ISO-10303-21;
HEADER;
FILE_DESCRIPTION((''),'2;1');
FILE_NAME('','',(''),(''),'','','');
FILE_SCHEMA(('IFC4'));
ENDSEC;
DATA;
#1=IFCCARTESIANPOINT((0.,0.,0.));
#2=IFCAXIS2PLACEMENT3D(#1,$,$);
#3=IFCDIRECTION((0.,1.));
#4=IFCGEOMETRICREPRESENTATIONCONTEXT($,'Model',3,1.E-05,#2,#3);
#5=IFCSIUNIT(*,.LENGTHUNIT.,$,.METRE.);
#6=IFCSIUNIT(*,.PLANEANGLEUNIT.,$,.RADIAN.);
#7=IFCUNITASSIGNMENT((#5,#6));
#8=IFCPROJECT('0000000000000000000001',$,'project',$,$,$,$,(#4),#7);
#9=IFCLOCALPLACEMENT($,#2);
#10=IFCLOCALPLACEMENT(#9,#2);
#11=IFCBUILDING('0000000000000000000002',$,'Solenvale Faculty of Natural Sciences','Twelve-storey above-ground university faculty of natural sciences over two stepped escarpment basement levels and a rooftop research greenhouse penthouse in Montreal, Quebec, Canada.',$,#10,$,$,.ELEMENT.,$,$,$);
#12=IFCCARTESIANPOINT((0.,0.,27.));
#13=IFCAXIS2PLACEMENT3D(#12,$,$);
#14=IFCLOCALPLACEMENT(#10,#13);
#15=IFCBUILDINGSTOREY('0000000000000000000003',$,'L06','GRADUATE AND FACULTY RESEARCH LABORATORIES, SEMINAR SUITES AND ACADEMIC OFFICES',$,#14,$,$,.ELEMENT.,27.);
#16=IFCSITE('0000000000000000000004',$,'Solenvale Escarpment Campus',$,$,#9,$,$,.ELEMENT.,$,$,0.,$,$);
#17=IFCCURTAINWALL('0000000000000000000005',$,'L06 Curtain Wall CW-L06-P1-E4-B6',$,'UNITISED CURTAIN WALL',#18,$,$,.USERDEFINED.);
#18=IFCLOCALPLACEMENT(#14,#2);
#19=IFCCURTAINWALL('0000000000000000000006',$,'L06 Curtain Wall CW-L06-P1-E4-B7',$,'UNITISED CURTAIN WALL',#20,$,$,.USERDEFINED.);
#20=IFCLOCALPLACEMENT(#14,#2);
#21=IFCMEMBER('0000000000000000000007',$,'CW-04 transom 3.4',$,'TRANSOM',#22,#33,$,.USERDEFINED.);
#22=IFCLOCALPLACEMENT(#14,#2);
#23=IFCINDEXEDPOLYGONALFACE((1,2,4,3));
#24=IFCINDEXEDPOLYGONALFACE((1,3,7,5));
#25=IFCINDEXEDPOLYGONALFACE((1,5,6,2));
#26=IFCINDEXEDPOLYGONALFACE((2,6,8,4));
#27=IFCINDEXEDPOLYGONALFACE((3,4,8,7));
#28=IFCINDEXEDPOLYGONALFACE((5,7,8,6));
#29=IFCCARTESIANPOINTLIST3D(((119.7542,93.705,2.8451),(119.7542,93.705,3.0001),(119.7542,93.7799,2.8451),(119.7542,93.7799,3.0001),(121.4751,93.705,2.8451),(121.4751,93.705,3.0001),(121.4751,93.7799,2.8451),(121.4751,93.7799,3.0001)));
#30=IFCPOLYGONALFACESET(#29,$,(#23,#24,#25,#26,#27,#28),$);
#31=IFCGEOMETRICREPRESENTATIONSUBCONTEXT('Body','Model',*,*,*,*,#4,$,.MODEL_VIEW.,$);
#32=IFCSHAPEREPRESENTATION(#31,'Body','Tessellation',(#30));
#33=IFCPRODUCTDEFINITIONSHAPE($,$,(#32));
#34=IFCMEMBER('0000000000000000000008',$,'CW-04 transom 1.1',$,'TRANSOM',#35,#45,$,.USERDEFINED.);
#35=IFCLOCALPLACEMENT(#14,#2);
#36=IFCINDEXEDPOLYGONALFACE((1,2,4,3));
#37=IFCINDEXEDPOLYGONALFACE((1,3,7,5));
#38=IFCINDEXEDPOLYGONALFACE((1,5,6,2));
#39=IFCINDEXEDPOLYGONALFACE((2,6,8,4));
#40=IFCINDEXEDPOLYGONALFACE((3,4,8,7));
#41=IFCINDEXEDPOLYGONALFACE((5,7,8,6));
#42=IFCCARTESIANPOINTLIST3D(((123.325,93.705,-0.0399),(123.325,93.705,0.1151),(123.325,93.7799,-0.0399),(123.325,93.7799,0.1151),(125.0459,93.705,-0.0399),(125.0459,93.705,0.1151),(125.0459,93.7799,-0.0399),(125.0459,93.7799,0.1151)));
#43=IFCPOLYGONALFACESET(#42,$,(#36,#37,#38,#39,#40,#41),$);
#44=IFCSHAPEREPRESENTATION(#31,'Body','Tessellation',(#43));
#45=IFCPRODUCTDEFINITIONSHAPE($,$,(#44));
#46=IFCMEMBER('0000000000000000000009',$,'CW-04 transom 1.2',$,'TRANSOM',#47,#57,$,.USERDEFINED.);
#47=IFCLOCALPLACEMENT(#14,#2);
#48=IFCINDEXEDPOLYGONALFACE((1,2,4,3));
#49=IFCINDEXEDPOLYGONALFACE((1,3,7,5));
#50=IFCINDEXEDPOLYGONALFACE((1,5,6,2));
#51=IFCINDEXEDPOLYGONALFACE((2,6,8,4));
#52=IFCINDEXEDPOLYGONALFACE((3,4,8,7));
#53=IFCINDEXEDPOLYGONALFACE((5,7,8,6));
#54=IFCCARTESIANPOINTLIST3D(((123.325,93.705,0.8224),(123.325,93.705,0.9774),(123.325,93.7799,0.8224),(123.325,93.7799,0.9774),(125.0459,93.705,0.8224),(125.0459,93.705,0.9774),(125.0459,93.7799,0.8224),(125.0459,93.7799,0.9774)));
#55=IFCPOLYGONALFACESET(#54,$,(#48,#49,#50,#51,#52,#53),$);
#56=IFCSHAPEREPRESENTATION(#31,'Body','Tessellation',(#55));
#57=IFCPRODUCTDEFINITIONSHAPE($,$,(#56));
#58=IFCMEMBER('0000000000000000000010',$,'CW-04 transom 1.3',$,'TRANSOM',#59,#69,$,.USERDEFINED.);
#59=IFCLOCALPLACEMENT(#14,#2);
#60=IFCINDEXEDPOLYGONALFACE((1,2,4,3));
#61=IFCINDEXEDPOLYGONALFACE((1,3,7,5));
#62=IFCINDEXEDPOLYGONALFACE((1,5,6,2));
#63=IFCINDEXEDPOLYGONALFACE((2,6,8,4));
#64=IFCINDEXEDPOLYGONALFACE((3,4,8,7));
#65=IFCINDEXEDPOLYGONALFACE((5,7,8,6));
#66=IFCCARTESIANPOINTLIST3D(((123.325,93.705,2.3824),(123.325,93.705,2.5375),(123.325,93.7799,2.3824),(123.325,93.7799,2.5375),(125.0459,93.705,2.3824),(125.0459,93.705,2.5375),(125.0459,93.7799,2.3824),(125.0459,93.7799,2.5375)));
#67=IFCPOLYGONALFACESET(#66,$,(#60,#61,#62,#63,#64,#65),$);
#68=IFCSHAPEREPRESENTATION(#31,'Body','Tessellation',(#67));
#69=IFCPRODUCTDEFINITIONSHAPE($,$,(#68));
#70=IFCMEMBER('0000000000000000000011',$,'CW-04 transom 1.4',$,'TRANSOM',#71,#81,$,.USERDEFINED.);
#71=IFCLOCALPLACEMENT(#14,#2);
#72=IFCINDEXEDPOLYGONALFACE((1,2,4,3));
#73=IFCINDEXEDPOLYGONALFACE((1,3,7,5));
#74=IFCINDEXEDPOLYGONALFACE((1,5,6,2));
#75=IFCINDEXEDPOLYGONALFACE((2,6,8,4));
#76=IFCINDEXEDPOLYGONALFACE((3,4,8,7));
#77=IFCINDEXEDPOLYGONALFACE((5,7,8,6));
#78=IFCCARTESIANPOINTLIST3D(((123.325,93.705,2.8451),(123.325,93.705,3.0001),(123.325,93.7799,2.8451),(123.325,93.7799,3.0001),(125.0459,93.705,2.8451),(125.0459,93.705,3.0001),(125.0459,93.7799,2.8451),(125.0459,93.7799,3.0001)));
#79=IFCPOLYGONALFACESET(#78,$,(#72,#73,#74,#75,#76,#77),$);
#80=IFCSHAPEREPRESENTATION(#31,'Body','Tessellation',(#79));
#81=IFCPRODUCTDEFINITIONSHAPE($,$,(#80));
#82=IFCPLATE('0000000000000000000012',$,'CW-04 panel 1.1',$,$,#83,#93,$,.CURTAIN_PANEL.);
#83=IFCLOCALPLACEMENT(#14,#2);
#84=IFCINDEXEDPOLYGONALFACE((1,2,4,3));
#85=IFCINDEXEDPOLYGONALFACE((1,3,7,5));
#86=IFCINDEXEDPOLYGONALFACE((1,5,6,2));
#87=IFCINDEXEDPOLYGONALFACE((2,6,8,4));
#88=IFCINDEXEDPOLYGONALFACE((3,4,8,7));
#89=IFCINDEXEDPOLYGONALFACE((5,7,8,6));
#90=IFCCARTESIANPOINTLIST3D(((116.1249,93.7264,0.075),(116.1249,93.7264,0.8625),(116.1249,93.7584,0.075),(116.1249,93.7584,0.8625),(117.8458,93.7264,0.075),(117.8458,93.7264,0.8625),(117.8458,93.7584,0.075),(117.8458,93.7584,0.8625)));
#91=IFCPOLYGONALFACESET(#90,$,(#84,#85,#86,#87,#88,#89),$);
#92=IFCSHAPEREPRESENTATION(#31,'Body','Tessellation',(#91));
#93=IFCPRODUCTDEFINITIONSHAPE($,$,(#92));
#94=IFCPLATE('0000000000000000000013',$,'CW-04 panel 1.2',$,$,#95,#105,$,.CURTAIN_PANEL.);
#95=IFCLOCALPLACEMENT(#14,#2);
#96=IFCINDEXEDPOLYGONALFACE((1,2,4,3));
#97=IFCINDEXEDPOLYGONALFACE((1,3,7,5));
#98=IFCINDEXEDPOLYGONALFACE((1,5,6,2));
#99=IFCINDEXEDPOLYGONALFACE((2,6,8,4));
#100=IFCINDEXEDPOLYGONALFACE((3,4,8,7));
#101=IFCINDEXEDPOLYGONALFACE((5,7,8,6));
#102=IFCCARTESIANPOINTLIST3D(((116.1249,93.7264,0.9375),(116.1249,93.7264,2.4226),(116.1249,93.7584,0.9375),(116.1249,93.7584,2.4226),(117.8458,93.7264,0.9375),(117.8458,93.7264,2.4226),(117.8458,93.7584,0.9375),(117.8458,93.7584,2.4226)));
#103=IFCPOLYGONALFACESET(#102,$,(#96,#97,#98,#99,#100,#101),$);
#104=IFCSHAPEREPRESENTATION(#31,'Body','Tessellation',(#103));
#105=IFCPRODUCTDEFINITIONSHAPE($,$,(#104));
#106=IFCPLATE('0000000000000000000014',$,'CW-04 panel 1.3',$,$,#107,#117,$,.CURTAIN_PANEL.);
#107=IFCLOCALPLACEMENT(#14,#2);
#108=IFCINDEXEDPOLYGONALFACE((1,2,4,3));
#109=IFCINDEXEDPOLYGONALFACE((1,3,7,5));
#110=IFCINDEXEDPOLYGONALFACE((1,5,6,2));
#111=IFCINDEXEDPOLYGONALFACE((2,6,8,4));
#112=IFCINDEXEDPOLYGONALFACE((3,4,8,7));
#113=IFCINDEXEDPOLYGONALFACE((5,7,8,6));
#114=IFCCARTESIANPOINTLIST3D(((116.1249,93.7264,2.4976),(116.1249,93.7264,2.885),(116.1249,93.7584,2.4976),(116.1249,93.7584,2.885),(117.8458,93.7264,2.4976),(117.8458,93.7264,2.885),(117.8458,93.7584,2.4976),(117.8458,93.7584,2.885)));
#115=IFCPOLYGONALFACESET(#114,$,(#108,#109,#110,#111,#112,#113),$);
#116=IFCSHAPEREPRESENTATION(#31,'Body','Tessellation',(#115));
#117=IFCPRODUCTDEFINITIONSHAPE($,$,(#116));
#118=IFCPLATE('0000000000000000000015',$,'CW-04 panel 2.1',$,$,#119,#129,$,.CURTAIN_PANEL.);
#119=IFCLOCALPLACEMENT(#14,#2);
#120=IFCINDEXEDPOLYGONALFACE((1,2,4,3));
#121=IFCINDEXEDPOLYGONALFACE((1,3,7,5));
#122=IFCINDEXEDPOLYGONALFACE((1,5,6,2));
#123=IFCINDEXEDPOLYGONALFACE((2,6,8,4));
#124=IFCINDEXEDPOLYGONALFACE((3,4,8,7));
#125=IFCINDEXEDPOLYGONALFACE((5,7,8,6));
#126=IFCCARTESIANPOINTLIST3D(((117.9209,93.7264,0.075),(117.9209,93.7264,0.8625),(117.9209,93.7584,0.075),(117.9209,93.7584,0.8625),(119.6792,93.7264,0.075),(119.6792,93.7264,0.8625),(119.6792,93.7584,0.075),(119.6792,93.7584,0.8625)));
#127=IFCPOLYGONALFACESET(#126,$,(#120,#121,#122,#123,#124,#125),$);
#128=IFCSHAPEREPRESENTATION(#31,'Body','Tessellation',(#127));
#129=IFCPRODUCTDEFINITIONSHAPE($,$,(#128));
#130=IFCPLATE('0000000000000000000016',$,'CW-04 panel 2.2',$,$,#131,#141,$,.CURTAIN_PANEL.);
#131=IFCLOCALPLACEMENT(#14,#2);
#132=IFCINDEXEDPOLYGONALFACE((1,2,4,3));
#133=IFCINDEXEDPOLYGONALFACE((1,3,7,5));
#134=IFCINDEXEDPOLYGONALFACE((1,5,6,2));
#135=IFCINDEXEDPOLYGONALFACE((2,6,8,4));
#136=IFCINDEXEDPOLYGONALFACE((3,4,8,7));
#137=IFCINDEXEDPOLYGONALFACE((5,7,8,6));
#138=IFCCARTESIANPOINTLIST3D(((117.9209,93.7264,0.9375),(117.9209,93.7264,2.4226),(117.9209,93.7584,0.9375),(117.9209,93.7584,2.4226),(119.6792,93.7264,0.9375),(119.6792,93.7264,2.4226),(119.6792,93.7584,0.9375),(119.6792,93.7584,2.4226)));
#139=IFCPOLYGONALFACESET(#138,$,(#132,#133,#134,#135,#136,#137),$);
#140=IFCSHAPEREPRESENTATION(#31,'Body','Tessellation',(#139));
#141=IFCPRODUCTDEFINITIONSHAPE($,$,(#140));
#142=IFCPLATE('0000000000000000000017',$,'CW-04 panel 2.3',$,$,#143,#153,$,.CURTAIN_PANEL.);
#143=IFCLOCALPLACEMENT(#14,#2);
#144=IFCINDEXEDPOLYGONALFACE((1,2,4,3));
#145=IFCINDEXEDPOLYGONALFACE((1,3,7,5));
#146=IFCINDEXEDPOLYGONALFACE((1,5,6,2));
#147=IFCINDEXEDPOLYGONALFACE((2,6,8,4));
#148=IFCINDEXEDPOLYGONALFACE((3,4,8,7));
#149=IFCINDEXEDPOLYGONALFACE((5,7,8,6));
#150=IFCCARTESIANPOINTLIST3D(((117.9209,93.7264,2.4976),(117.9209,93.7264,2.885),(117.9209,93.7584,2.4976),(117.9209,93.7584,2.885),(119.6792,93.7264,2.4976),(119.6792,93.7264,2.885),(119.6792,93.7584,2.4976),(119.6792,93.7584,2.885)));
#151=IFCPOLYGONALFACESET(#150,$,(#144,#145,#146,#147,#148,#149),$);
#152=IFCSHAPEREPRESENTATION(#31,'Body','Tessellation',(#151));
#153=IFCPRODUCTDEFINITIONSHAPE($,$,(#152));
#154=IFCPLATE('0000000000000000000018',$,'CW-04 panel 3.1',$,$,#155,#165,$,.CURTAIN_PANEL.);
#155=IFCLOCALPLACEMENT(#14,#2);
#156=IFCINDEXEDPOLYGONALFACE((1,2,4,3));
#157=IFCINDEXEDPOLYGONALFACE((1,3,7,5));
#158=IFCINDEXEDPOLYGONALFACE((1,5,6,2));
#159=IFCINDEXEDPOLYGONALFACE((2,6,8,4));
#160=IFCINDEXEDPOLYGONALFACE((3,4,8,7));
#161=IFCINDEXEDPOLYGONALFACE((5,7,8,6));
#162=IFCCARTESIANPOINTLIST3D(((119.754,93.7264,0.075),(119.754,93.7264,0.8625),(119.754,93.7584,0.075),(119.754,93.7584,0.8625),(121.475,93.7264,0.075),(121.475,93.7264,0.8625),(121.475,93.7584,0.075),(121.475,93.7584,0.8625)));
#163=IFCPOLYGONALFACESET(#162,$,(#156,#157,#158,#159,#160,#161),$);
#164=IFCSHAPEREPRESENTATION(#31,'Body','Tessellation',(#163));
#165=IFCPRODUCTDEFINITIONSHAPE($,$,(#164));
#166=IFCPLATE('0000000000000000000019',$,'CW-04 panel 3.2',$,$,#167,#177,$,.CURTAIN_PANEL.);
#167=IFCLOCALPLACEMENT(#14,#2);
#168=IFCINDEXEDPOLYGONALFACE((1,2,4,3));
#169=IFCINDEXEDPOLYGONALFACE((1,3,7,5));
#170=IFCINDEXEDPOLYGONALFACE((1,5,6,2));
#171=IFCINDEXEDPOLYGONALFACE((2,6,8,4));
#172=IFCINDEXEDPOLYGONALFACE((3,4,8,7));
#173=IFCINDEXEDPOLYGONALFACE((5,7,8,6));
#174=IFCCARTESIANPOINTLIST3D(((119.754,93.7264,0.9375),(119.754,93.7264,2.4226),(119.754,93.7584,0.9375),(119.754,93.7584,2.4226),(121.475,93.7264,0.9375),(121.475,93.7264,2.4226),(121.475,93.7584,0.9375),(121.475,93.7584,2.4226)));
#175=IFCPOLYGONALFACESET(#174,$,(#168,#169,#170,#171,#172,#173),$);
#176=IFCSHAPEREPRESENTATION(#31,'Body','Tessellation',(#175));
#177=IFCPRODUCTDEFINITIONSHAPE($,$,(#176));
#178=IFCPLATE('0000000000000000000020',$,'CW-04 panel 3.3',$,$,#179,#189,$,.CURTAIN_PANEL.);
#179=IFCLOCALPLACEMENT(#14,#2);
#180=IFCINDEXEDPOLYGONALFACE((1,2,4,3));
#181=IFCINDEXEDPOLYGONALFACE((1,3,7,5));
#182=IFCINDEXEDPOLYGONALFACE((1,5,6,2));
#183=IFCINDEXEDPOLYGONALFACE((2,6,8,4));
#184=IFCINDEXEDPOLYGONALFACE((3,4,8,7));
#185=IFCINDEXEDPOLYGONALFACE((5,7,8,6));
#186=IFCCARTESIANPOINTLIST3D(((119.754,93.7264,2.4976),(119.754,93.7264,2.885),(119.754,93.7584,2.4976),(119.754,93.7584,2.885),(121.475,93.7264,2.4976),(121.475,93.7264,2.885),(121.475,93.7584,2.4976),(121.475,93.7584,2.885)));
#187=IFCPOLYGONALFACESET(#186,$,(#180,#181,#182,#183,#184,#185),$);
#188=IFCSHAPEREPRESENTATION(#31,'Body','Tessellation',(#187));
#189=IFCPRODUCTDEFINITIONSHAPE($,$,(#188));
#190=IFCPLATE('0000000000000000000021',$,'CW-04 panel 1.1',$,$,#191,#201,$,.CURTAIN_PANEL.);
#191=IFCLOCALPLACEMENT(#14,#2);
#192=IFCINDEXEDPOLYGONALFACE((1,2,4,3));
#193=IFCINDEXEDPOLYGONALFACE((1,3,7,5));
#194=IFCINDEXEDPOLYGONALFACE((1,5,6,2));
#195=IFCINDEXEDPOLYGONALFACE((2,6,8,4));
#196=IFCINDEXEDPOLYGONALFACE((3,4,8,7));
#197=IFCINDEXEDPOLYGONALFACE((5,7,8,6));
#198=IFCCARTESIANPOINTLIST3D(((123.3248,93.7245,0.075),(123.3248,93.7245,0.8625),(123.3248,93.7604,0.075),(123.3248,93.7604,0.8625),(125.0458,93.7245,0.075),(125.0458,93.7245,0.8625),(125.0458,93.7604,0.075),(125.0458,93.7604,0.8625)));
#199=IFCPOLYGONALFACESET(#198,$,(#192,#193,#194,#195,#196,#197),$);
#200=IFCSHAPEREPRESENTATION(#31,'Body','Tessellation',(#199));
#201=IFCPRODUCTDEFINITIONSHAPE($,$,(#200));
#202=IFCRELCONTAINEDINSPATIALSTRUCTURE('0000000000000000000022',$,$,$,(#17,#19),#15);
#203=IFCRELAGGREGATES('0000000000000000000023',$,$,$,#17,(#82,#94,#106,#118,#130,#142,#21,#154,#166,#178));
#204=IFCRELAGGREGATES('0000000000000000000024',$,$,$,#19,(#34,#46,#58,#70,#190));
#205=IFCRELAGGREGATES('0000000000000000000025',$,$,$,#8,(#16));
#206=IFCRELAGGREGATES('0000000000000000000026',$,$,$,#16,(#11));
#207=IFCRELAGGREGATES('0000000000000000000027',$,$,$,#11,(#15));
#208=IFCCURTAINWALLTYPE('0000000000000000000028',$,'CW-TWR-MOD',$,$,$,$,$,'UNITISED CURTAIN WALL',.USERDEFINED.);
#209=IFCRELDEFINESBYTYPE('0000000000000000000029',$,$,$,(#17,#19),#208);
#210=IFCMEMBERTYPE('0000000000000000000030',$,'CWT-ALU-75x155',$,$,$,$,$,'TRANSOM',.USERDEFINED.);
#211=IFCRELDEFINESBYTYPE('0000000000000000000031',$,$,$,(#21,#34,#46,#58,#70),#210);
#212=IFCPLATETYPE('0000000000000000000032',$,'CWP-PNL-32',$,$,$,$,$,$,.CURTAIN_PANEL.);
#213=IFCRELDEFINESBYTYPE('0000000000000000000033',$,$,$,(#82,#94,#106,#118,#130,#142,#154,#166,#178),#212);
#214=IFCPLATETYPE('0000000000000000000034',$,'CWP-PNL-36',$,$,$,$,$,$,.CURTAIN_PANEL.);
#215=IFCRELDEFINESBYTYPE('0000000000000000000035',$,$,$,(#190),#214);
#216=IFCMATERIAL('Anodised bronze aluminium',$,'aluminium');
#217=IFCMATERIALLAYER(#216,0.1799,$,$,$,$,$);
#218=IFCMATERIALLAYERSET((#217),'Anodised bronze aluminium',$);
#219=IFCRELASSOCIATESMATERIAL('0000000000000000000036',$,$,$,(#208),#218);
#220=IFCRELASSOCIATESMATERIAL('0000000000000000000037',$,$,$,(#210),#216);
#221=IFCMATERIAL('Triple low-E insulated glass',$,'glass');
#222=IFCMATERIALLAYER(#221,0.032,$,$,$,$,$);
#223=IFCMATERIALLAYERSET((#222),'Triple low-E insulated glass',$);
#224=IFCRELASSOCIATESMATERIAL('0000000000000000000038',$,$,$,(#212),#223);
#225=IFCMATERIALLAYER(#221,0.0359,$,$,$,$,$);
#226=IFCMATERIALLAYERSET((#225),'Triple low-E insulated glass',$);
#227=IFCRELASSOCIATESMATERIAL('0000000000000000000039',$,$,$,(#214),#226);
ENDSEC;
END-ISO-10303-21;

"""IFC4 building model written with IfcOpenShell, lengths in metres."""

from ifc_helpers import new_model, si_unit, direction, frame, origin, origin_2d, place, context, subcontext, project, spatial, rectangle, extrude, material, layer, layer_set, material_profile, profile_set, type_object, element, aggregate, save


model = new_model("IFC4")

# Units and contexts
model_context = context("Model", 3, precision=1e-05, world=origin(), true_north=direction((0.0, 1.0)))
body_context = subcontext(model_context, "Body", "Model", "MODEL_VIEW")
ifc_project = project(units=[si_unit("LENGTHUNIT", "METRE"), si_unit("PLANEANGLEUNIT", "RADIAN")], contexts=[model_context])

# Site, building, storey
site_placement = place(None, origin())
site = spatial("IfcSite", under=ifc_project, at=site_placement, Name="Solenvale Escarpment Campus", CompositionType="ELEMENT", RefElevation=0.0)
building_placement = place(site_placement, origin())
building = spatial("IfcBuilding", under=site, at=building_placement, Name="Solenvale Faculty of Natural Sciences", Description="Twelve-storey above-ground university faculty of natural sciences over two stepped escarpment basement levels and a rooftop research greenhouse penthouse in Montreal, Quebec, Canada.", CompositionType="ELEMENT")
storey_placement = place(building_placement, frame((0.0, 0.0, 27.0)))
storey = spatial("IfcBuildingStorey", under=building, at=storey_placement, Name="L06", Description="GRADUATE AND FACULTY RESEARCH LABORATORIES, SEMINAR SUITES AND ACADEMIC OFFICES", CompositionType="ELEMENT", Elevation=27.0)

# Curtain wall
ifc_material_1 = material(Name="Anodised bronze aluminium", Category="aluminium")
ifc_layer_1 = layer(ifc_material_1, 0.1799)
ifc_layer_set_1 = layer_set([ifc_layer_1], Name="Anodised bronze aluminium")
curtain_wall_type = type_object("IfcCurtainWallType", Name="CW-TWR-MOD", ElementType="UNITISED CURTAIN WALL", PredefinedType="USERDEFINED", material=ifc_layer_set_1)
curtain_wall_1_placement = place(storey_placement, origin())
curtain_wall_1 = element("IfcCurtainWall", 1, at=curtain_wall_1_placement, inside=storey, type_object=curtain_wall_type, Name="L06 Curtain Wall CW-L06-P1-E4-B6", ObjectType="UNITISED CURTAIN WALL", PredefinedType="USERDEFINED")

# Curtain wall
curtain_wall_2_placement = place(storey_placement, origin())
curtain_wall_2 = element("IfcCurtainWall", 2, at=curtain_wall_2_placement, inside=storey, type_object=curtain_wall_type, Name="L06 Curtain Wall CW-L06-P1-E4-B7", ObjectType="UNITISED CURTAIN WALL", PredefinedType="USERDEFINED")

# Members
ifc_material_profile_1 = material_profile(ifc_material_1, rectangle(XDim=0.075, YDim=0.155, at=origin_2d()), Name="ALU-TRN-75x155")
ifc_profile_set_1 = profile_set([ifc_material_profile_1], Name="Anodised bronze aluminium")
member_type_1 = type_object("IfcMemberType", Name="CWT-ALU-75x155", ElementType="TRANSOM", PredefinedType="USERDEFINED", material=ifc_profile_set_1)
member_1_placement = place(storey_placement, frame((119.7542, 93.7424, 2.9226), z_axis=(1.0, 0.0, 0.0), x_axis=(0.0, 1.0, 0.0)))
member_1 = element("IfcMember", 3, at=member_1_placement, type_object=member_type_1, Name="CW-04 transom 3.4", ObjectType="TRANSOM", PredefinedType="USERDEFINED", context=body_context, shape_type="SweptSolid", body=[
    extrude(rectangle(XDim=0.075, YDim=0.155, at=origin_2d()), origin(), (0.0, 0.0, 1.0), 1.7209),
])
member_2_placement = place(storey_placement, frame((123.325, 93.7424, 0.0376), z_axis=(1.0, 0.0, 0.0), x_axis=(0.0, 1.0, 0.0)))
member_2 = element("IfcMember", 4, at=member_2_placement, type_object=member_type_1, Name="CW-04 transom 1.1", ObjectType="TRANSOM", PredefinedType="USERDEFINED", context=body_context, shape_type="SweptSolid", body=[
    extrude(rectangle(XDim=0.075, YDim=0.155, at=origin_2d()), origin(), (0.0, 0.0, 1.0), 1.7209),
])
member_3_placement = place(storey_placement, frame((123.325, 93.7424, 0.8999), z_axis=(1.0, 0.0, 0.0), x_axis=(0.0, 1.0, 0.0)))
member_3 = element("IfcMember", 5, at=member_3_placement, type_object=member_type_1, Name="CW-04 transom 1.2", ObjectType="TRANSOM", PredefinedType="USERDEFINED", context=body_context, shape_type="SweptSolid", body=[
    extrude(rectangle(XDim=0.075, YDim=0.155, at=origin_2d()), origin(), (0.0, 0.0, 1.0), 1.7209),
])
member_4_placement = place(storey_placement, frame((123.325, 93.7424, 2.46), z_axis=(1.0, 0.0, 0.0), x_axis=(0.0, 1.0, 0.0)))
member_4 = element("IfcMember", 6, at=member_4_placement, type_object=member_type_1, Name="CW-04 transom 1.3", ObjectType="TRANSOM", PredefinedType="USERDEFINED", context=body_context, shape_type="SweptSolid", body=[
    extrude(rectangle(XDim=0.075, YDim=0.155, at=origin_2d()), origin(), (0.0, 0.0, 1.0), 1.7209),
])
member_5_placement = place(storey_placement, frame((123.325, 93.7424, 2.9226), z_axis=(1.0, 0.0, 0.0), x_axis=(0.0, 1.0, 0.0)))
member_5 = element("IfcMember", 7, at=member_5_placement, type_object=member_type_1, Name="CW-04 transom 1.4", ObjectType="TRANSOM", PredefinedType="USERDEFINED", context=body_context, shape_type="SweptSolid", body=[
    extrude(rectangle(XDim=0.075, YDim=0.155, at=origin_2d()), origin(), (0.0, 0.0, 1.0), 1.7209),
])

# Plates
ifc_material_2 = material(Name="Triple low-E insulated glass", Category="glass")
ifc_layer_2 = layer(ifc_material_2, 0.032)
ifc_layer_set_2 = layer_set([ifc_layer_2], Name="Triple low-E insulated glass")
plate_type_1 = type_object("IfcPlateType", Name="CWP-PNL-32", PredefinedType="CURTAIN_PANEL", material=ifc_layer_set_2)
plate_1_placement = place(storey_placement, frame((116.9854, 93.7424, 0.075), z_axis=(0.0, 0.0, 1.0), x_axis=(1.0, 0.0, 0.0)))
plate_1 = element("IfcPlate", 8, at=plate_1_placement, type_object=plate_type_1, Name="CW-04 panel 1.1", PredefinedType="CURTAIN_PANEL", context=body_context, shape_type="SweptSolid", body=[
    extrude(rectangle(XDim=1.7209, YDim=0.032, at=origin_2d()), origin(), (0.0, 0.0, 1.0), 0.7876),
])
plate_2_placement = place(storey_placement, frame((116.9854, 93.7424, 0.9375), z_axis=(0.0, 0.0, 1.0), x_axis=(1.0, 0.0, 0.0)))
plate_2 = element("IfcPlate", 9, at=plate_2_placement, type_object=plate_type_1, Name="CW-04 panel 1.2", PredefinedType="CURTAIN_PANEL", context=body_context, shape_type="SweptSolid", body=[
    extrude(rectangle(XDim=1.7209, YDim=0.032, at=origin_2d()), origin(), (0.0, 0.0, 1.0), 1.4851),
])
plate_3_placement = place(storey_placement, frame((116.9854, 93.7424, 2.4976), z_axis=(0.0, 0.0, 1.0), x_axis=(1.0, 0.0, 0.0)))
plate_3 = element("IfcPlate", 10, at=plate_3_placement, type_object=plate_type_1, Name="CW-04 panel 1.3", PredefinedType="CURTAIN_PANEL", context=body_context, shape_type="SweptSolid", body=[
    extrude(rectangle(XDim=1.7209, YDim=0.032, at=origin_2d()), origin(), (0.0, 0.0, 1.0), 0.3875),
])
plate_4_placement = place(storey_placement, frame((118.8, 93.7424, 0.075), z_axis=(0.0, 0.0, 1.0), x_axis=(1.0, 0.0, 0.0)))
plate_4 = element("IfcPlate", 11, at=plate_4_placement, type_object=plate_type_1, Name="CW-04 panel 2.1", PredefinedType="CURTAIN_PANEL", context=body_context, shape_type="SweptSolid", body=[
    extrude(rectangle(XDim=1.7583, YDim=0.032, at=origin_2d()), origin(), (0.0, 0.0, 1.0), 0.7876),
])
plate_5_placement = place(storey_placement, frame((118.8, 93.7424, 0.9375), z_axis=(0.0, 0.0, 1.0), x_axis=(1.0, 0.0, 0.0)))
plate_5 = element("IfcPlate", 12, at=plate_5_placement, type_object=plate_type_1, Name="CW-04 panel 2.2", PredefinedType="CURTAIN_PANEL", context=body_context, shape_type="SweptSolid", body=[
    extrude(rectangle(XDim=1.7583, YDim=0.032, at=origin_2d()), origin(), (0.0, 0.0, 1.0), 1.4851),
])
plate_6_placement = place(storey_placement, frame((118.8, 93.7424, 2.4976), z_axis=(0.0, 0.0, 1.0), x_axis=(1.0, 0.0, 0.0)))
plate_6 = element("IfcPlate", 13, at=plate_6_placement, type_object=plate_type_1, Name="CW-04 panel 2.3", PredefinedType="CURTAIN_PANEL", context=body_context, shape_type="SweptSolid", body=[
    extrude(rectangle(XDim=1.7583, YDim=0.032, at=origin_2d()), origin(), (0.0, 0.0, 1.0), 0.3875),
])
plate_7_placement = place(storey_placement, frame((120.6145, 93.7424, 0.075), z_axis=(0.0, 0.0, 1.0), x_axis=(1.0, 0.0, 0.0)))
plate_7 = element("IfcPlate", 14, at=plate_7_placement, type_object=plate_type_1, Name="CW-04 panel 3.1", PredefinedType="CURTAIN_PANEL", context=body_context, shape_type="SweptSolid", body=[
    extrude(rectangle(XDim=1.7209, YDim=0.032, at=origin_2d()), origin(), (0.0, 0.0, 1.0), 0.7876),
])
plate_8_placement = place(storey_placement, frame((120.6145, 93.7424, 0.9375), z_axis=(0.0, 0.0, 1.0), x_axis=(1.0, 0.0, 0.0)))
plate_8 = element("IfcPlate", 15, at=plate_8_placement, type_object=plate_type_1, Name="CW-04 panel 3.2", PredefinedType="CURTAIN_PANEL", context=body_context, shape_type="SweptSolid", body=[
    extrude(rectangle(XDim=1.7209, YDim=0.032, at=origin_2d()), origin(), (0.0, 0.0, 1.0), 1.4851),
])
plate_9_placement = place(storey_placement, frame((120.6145, 93.7424, 2.4976), z_axis=(0.0, 0.0, 1.0), x_axis=(1.0, 0.0, 0.0)))
plate_9 = element("IfcPlate", 16, at=plate_9_placement, type_object=plate_type_1, Name="CW-04 panel 3.3", PredefinedType="CURTAIN_PANEL", context=body_context, shape_type="SweptSolid", body=[
    extrude(rectangle(XDim=1.7209, YDim=0.032, at=origin_2d()), origin(), (0.0, 0.0, 1.0), 0.3875),
])
aggregate(curtain_wall_1, [plate_1, plate_2, plate_3, plate_4, plate_5, plate_6, member_1, plate_7, plate_8, plate_9])
ifc_layer_3 = layer(ifc_material_2, 0.0359)
ifc_layer_set_3 = layer_set([ifc_layer_3], Name="Triple low-E insulated glass")
plate_type_2 = type_object("IfcPlateType", Name="CWP-PNL-36", PredefinedType="CURTAIN_PANEL", material=ifc_layer_set_3)
plate_10_placement = place(storey_placement, frame((124.1853, 93.7424, 0.075), z_axis=(0.0, 0.0, 1.0), x_axis=(1.0, 0.0, 0.0)))
plate_10 = element("IfcPlate", 17, at=plate_10_placement, type_object=plate_type_2, Name="CW-04 panel 1.1", PredefinedType="CURTAIN_PANEL", context=body_context, shape_type="SweptSolid", body=[
    extrude(rectangle(XDim=1.7209, YDim=0.0359, at=origin_2d()), origin(), (0.0, 0.0, 1.0), 0.7876),
])
aggregate(curtain_wall_2, [member_2, member_3, member_4, member_5, plate_10])

save(model, "model.ifc")
